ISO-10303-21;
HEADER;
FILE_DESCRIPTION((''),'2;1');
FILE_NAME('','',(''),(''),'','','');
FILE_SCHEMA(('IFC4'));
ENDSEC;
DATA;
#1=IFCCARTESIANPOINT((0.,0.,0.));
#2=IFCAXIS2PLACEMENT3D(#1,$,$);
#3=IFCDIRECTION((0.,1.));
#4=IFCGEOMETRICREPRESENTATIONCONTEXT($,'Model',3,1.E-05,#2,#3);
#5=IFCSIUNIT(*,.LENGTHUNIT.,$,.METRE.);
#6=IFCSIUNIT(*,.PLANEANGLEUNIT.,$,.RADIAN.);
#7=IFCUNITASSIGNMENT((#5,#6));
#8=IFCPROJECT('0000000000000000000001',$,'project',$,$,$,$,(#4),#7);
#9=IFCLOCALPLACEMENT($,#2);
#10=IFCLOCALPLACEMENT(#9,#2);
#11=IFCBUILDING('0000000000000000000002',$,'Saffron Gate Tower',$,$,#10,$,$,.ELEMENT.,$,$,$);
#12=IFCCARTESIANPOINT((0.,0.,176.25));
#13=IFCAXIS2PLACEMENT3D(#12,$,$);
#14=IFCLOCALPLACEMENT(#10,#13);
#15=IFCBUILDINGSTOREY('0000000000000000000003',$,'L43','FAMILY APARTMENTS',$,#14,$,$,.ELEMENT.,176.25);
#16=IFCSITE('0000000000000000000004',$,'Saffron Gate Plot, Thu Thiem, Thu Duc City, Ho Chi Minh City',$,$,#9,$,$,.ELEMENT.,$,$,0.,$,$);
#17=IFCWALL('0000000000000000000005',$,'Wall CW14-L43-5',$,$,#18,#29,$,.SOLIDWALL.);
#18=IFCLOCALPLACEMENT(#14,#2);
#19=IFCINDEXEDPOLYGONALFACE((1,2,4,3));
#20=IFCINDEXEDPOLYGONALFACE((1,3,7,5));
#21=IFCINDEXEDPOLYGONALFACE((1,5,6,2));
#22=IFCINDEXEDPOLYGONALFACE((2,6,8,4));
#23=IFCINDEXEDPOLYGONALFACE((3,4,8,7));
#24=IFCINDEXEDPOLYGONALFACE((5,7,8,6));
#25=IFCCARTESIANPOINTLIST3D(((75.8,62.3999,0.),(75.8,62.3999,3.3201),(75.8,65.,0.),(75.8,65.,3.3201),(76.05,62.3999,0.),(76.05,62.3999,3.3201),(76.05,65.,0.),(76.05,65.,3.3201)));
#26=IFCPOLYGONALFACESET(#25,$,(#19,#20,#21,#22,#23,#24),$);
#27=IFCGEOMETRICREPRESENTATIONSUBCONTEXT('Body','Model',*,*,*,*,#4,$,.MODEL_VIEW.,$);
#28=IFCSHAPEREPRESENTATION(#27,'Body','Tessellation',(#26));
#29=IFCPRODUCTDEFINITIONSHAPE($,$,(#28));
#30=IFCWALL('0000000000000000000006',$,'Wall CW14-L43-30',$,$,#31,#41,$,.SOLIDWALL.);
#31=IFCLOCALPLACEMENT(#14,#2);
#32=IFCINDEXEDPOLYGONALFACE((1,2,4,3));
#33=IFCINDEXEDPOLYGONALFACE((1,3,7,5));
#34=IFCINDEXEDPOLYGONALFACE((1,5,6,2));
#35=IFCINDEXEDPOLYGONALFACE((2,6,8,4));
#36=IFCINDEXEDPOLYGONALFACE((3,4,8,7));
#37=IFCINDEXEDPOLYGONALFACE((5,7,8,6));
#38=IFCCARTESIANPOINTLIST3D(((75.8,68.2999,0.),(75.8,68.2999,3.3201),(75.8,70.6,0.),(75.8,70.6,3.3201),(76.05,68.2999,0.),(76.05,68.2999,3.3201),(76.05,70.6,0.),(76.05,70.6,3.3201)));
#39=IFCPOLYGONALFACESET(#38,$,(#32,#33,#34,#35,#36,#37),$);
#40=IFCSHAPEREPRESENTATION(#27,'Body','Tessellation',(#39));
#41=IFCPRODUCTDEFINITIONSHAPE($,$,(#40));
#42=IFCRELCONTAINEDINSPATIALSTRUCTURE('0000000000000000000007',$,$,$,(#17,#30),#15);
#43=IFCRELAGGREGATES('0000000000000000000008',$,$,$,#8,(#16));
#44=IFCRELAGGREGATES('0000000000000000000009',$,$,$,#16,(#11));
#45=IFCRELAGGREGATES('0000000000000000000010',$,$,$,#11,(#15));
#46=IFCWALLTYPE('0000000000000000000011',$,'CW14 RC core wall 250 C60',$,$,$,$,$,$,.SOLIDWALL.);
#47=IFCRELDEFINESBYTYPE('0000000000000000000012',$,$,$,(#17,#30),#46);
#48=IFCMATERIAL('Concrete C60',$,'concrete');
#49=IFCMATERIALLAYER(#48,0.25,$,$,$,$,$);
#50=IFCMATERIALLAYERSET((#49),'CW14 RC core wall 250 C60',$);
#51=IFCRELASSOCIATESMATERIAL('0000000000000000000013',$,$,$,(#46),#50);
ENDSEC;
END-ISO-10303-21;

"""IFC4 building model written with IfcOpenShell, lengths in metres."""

from ifc_helpers import new_model, si_unit, direction, frame, frame_2d, origin, place, context, subcontext, project, spatial, rectangle, extrude, material, layer, layer_set, type_object, element, save


model = new_model("IFC4")

# Units and contexts
model_context = context("Model", 3, precision=1e-05, world=origin(), true_north=direction((0.0, 1.0)))
body_context = subcontext(model_context, "Body", "Model", "MODEL_VIEW")
ifc_project = project(units=[si_unit("LENGTHUNIT", "METRE"), si_unit("PLANEANGLEUNIT", "RADIAN")], contexts=[model_context])

# Site, building, storey
site_placement = place(None, origin())
site = spatial("IfcSite", under=ifc_project, at=site_placement, Name="Saffron Gate Plot, Thu Thiem, Thu Duc City, Ho Chi Minh City", CompositionType="ELEMENT", RefElevation=0.0)
building_placement = place(site_placement, origin())
building = spatial("IfcBuilding", under=site, at=building_placement, Name="Saffron Gate Tower", CompositionType="ELEMENT")
storey_placement = place(building_placement, frame((0.0, 0.0, 176.25)))
storey = spatial("IfcBuildingStorey", under=building, at=storey_placement, Name="L43", Description="FAMILY APARTMENTS", CompositionType="ELEMENT", Elevation=176.25)

# Walls
ifc_material_1 = material(Name="Concrete C60", Category="concrete")
ifc_layer_1 = layer(ifc_material_1, 0.25)
ifc_layer_set_1 = layer_set([ifc_layer_1], Name="CW14 RC core wall 250 C60")
wall_type_1 = type_object("IfcWallType", Name="CW14 RC core wall 250 C60", PredefinedType="SOLIDWALL", material=ifc_layer_set_1)
wall_1_placement = place(storey_placement, frame((75.925, 62.3999, 0.0), z_axis=(0.0, 0.0, 1.0), x_axis=(0.0, 1.0, 0.0)))
element("IfcWall", 1, at=wall_1_placement, inside=storey, type_object=wall_type_1, Name="Wall CW14-L43-5", PredefinedType="SOLIDWALL", context=body_context, shape_type="SweptSolid", body=[
    extrude(rectangle(XDim=2.6001, YDim=0.25, at=frame_2d((1.3, 0.0))), origin(), (0.0, 0.0, 1.0), 3.3201),
])
wall_2_placement = place(storey_placement, frame((75.925, 68.3, 0.0), z_axis=(0.0, 0.0, 1.0), x_axis=(0.0, 1.0, 0.0)))
element("IfcWall", 2, at=wall_2_placement, inside=storey, type_object=wall_type_1, Name="Wall CW14-L43-30", PredefinedType="SOLIDWALL", context=body_context, shape_type="SweptSolid", body=[
    extrude(rectangle(XDim=2.3, YDim=0.25, at=frame_2d((1.1499, 0.0))), origin(), (0.0, 0.0, 1.0), 3.3201),
])

save(model, "model.ifc")
